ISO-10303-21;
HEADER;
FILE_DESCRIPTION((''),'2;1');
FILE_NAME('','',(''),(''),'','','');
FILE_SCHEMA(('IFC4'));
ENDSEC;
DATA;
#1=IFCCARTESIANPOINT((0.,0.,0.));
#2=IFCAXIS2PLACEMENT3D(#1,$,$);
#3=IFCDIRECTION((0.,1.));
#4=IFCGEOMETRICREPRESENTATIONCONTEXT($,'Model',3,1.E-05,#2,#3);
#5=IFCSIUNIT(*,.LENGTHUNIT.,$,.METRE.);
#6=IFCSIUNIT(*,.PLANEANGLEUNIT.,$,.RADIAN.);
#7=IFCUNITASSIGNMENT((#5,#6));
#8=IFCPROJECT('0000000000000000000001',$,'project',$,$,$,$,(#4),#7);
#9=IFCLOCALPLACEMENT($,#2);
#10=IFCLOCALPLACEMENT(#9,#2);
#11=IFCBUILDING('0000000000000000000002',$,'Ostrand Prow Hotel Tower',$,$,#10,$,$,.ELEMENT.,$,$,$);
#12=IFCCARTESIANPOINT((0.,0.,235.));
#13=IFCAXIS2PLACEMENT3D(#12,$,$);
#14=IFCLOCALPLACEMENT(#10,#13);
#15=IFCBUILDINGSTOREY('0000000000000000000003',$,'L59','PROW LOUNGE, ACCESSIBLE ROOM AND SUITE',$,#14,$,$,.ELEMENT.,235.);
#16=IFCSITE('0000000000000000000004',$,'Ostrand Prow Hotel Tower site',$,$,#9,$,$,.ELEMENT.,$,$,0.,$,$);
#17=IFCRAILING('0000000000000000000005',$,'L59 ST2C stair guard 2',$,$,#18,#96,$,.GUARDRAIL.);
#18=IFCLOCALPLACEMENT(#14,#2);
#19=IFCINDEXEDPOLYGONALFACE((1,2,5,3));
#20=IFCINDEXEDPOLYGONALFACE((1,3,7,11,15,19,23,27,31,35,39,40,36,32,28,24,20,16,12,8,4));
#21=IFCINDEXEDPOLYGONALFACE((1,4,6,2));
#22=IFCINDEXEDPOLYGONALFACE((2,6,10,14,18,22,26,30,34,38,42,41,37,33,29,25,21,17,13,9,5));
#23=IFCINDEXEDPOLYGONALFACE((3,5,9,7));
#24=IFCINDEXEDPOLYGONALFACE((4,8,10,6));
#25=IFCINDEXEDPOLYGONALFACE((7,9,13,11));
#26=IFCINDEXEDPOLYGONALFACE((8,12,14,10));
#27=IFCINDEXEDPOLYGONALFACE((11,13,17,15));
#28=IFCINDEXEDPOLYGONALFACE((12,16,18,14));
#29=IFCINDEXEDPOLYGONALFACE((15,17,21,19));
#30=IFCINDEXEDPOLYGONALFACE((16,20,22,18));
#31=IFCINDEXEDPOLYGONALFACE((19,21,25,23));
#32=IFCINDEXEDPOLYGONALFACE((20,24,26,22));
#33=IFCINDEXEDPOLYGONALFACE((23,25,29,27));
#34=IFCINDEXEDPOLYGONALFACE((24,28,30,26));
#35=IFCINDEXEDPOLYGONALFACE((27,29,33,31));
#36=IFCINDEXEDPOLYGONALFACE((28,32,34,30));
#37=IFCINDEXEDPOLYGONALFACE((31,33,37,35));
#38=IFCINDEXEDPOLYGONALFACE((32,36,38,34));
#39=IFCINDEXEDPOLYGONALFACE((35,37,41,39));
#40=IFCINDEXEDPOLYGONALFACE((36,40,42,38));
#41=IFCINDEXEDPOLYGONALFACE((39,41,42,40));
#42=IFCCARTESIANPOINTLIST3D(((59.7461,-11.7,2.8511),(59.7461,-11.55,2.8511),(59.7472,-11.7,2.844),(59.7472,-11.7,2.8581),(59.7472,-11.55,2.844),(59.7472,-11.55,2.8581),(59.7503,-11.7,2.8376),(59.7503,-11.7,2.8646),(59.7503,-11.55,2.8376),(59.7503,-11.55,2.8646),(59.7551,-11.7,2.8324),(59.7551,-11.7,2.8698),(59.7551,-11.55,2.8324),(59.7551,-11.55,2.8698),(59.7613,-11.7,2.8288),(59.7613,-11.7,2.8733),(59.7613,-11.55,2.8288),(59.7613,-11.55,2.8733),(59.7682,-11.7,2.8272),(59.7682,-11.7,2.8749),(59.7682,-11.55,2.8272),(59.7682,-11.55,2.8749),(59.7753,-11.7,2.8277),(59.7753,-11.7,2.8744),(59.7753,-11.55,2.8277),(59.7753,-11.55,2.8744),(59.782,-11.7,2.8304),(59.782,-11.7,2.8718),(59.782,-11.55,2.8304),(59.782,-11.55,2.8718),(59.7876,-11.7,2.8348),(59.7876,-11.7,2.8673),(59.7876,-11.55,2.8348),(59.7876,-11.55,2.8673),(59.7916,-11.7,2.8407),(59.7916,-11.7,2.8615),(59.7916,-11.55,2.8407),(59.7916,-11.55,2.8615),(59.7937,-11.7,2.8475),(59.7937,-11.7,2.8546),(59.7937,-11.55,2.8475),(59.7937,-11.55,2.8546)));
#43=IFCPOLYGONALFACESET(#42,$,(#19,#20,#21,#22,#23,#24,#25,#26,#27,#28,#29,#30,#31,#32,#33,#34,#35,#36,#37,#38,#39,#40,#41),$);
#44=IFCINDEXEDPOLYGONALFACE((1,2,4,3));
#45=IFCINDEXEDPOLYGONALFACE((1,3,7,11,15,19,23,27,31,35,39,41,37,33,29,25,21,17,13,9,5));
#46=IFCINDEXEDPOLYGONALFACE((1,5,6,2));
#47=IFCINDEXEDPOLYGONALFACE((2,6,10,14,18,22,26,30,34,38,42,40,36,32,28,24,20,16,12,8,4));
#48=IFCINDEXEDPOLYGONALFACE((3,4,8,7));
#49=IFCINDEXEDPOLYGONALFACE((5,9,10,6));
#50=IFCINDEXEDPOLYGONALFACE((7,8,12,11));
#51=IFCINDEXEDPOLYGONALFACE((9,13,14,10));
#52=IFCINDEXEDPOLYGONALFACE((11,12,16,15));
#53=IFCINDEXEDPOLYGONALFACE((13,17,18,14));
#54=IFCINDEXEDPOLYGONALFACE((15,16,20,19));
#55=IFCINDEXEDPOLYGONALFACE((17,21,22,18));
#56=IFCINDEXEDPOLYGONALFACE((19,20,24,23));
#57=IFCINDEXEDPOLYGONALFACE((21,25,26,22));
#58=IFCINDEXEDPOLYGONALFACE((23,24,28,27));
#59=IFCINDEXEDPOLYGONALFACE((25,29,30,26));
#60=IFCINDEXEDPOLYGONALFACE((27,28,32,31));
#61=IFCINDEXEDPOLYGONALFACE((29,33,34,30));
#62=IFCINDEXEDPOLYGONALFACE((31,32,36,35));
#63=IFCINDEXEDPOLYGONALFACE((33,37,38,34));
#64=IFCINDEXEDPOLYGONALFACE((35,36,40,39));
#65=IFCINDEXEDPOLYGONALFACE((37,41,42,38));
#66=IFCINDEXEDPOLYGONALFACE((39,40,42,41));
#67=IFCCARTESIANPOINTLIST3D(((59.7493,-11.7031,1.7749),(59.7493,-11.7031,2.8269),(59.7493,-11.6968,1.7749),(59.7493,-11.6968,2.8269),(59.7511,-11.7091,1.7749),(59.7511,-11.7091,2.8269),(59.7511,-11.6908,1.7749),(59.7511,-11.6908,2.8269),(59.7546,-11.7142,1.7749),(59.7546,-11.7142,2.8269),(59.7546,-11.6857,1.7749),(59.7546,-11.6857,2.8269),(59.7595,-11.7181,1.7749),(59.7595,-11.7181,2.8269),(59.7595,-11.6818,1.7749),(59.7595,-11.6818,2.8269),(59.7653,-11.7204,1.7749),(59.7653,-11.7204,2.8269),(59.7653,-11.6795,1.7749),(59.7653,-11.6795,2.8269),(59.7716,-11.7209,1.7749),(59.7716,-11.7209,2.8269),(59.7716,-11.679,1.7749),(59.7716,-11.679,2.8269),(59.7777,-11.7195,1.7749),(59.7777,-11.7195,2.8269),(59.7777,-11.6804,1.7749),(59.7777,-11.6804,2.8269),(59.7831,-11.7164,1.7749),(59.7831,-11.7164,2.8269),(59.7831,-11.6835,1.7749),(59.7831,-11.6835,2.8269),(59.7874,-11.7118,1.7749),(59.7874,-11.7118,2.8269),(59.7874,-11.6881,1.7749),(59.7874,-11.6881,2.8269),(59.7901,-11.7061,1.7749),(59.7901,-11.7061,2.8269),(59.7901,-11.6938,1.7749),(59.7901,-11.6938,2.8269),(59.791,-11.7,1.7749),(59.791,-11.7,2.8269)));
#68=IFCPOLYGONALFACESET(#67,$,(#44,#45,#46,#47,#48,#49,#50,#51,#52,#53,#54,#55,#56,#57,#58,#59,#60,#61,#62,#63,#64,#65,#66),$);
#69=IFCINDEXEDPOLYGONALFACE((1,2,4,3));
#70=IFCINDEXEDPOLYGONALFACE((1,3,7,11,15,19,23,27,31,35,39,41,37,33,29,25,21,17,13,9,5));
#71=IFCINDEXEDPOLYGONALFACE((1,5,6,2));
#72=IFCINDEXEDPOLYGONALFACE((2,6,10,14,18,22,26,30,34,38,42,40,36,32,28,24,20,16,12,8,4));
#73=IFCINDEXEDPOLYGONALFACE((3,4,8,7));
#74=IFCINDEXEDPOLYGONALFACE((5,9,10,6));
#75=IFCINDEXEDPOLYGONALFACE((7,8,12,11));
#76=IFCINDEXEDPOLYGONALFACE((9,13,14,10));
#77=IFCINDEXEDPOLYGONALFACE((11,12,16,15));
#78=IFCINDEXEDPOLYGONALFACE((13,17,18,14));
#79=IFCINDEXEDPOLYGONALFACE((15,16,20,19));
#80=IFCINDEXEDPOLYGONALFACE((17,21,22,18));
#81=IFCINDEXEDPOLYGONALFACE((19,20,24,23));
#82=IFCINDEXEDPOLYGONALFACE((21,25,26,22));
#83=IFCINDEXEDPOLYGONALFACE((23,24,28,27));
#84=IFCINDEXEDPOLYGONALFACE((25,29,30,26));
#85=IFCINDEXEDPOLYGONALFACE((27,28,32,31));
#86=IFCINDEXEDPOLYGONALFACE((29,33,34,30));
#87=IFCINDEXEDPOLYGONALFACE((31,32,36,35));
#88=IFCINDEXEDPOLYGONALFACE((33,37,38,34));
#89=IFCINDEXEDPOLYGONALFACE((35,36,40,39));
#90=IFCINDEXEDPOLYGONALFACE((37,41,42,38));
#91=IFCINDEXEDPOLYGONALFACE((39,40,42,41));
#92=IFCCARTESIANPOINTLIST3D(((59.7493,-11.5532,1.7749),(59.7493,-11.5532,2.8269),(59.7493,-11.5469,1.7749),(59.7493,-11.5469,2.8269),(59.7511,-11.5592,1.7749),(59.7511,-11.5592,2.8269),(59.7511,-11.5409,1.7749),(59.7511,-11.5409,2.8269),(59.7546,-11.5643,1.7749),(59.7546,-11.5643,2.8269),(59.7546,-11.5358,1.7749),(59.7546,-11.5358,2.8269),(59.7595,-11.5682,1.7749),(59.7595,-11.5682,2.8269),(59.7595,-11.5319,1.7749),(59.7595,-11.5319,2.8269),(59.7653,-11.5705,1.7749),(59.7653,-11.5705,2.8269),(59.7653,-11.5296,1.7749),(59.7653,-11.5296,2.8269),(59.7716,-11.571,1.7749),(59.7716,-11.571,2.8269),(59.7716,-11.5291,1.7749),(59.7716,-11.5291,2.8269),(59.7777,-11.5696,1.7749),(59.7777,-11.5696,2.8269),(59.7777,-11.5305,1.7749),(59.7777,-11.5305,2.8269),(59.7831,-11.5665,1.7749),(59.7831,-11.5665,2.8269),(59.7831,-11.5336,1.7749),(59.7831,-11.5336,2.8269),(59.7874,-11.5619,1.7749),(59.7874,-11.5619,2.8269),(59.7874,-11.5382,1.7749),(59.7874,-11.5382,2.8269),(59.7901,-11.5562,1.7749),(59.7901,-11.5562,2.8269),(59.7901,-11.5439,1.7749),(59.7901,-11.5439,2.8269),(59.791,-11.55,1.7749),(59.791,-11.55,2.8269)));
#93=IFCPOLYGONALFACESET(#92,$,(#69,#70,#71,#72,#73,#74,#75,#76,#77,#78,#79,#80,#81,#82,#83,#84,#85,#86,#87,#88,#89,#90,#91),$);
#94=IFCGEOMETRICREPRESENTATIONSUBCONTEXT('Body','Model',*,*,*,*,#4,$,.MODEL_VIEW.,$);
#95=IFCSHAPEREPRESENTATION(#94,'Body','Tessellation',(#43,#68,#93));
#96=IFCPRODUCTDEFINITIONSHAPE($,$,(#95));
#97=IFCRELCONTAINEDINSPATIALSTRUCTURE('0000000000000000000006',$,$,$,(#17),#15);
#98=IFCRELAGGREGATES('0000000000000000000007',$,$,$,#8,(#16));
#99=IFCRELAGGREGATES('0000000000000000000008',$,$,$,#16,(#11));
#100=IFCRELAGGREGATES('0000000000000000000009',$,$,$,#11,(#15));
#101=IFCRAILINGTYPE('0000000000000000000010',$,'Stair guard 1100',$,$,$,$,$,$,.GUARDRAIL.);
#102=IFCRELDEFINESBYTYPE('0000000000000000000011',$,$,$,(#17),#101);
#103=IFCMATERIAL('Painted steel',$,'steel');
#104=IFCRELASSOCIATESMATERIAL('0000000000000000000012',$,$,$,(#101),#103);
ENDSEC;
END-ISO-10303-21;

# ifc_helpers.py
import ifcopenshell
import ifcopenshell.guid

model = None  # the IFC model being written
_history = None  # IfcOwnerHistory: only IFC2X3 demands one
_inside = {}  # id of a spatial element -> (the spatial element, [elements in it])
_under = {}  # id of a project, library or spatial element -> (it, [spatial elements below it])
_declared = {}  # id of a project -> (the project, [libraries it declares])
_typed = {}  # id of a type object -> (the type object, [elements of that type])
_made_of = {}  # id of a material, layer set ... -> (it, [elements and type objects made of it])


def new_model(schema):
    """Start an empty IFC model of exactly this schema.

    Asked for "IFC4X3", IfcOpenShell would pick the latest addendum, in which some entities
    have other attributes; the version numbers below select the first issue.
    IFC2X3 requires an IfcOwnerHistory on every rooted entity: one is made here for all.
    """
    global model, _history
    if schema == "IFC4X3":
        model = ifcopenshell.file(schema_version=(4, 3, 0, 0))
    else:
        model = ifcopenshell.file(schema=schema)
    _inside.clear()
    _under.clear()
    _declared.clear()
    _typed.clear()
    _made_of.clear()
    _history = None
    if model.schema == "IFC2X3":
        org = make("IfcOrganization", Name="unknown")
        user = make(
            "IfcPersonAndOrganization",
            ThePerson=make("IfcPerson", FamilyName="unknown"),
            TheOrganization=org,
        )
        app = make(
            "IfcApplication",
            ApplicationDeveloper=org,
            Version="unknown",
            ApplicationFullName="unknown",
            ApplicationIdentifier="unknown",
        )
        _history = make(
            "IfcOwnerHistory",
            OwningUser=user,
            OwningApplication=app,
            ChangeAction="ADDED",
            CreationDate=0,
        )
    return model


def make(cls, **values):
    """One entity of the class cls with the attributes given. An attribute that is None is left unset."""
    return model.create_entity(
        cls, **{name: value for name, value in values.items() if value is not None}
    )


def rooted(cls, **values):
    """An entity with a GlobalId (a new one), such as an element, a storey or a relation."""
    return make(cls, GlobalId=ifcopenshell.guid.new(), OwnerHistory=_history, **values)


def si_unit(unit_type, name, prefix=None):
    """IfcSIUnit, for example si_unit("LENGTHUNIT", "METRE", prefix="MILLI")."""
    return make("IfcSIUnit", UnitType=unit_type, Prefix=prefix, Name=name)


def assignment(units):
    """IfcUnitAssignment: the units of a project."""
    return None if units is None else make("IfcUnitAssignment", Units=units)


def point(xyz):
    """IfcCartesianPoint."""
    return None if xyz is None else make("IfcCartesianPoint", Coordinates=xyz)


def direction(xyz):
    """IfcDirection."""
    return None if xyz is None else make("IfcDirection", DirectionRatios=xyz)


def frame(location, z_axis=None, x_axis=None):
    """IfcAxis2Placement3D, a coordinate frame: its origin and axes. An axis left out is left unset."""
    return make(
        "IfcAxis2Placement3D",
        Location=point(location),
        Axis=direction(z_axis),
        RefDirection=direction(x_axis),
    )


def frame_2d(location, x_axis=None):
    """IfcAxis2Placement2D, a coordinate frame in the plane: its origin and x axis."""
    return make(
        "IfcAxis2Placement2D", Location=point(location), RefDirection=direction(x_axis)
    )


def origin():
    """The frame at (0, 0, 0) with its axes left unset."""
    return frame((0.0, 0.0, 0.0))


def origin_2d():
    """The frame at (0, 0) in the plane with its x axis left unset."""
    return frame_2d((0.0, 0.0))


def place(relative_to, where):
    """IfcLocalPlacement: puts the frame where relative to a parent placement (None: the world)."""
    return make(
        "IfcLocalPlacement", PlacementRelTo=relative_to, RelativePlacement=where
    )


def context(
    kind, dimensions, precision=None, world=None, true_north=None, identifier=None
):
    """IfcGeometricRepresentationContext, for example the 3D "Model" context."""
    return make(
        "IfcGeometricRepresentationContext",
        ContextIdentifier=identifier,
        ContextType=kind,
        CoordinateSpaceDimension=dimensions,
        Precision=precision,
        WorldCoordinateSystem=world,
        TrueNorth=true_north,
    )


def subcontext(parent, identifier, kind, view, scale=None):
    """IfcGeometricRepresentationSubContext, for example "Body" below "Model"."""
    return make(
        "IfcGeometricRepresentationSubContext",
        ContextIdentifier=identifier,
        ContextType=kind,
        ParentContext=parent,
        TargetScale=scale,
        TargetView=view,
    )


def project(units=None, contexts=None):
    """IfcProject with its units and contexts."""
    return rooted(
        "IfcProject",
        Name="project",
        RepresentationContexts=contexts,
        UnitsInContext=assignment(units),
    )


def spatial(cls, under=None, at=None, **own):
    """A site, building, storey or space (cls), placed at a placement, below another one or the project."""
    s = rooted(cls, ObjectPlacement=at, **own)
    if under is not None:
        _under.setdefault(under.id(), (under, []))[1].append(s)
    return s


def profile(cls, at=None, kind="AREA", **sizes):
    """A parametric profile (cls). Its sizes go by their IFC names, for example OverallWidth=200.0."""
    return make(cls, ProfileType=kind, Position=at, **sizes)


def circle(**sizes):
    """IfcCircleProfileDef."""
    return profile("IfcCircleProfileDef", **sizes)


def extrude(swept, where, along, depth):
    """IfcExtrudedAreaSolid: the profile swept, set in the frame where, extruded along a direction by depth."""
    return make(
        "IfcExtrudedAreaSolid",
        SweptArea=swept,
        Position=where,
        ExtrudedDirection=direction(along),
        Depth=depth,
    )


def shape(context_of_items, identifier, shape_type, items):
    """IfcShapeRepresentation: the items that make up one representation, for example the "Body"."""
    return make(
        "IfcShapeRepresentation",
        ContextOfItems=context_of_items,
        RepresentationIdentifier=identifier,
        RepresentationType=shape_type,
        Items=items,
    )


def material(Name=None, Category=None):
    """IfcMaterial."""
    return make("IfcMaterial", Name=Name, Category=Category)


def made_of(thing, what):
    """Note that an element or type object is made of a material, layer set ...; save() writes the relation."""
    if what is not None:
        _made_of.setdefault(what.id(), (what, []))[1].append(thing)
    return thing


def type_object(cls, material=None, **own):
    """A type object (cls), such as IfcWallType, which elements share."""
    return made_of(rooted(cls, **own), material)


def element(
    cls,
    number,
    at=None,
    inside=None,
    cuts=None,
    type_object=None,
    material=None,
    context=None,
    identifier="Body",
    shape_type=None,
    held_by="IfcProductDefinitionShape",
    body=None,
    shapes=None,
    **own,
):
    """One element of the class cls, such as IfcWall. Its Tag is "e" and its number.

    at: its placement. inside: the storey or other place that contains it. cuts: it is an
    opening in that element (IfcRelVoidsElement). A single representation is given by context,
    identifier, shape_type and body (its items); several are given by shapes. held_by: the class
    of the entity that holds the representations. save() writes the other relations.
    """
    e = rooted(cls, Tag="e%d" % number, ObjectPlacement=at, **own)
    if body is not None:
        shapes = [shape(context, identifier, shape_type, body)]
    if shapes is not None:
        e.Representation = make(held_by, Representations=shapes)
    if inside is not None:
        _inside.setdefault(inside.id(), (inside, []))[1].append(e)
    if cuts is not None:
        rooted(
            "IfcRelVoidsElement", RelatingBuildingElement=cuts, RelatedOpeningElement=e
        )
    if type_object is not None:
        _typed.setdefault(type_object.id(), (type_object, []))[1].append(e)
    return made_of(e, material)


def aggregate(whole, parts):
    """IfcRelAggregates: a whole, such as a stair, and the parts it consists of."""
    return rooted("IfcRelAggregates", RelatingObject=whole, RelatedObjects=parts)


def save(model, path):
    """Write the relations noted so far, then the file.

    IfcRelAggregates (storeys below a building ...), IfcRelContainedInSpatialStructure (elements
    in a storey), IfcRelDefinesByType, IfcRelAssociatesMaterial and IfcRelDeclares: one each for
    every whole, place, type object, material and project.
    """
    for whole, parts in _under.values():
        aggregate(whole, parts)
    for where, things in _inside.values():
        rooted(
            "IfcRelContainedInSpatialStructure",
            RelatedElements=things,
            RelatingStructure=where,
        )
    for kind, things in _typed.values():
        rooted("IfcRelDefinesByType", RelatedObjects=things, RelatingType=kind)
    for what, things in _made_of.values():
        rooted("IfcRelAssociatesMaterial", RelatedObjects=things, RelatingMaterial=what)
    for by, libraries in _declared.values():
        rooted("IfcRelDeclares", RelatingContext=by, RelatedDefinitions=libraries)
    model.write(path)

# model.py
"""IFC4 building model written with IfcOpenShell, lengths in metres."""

from ifc_helpers import new_model, si_unit, direction, frame, origin, origin_2d, place, context, subcontext, project, spatial, circle, extrude, material, type_object, element, save


model = new_model("IFC4")

# Units and contexts
model_context = context("Model", 3, precision=1e-05, world=origin(), true_north=direction((0.0, 1.0)))
body_context = subcontext(model_context, "Body", "Model", "MODEL_VIEW")
ifc_project = project(units=[si_unit("LENGTHUNIT", "METRE"), si_unit("PLANEANGLEUNIT", "RADIAN")], contexts=[model_context])

# Site, building, storey
site_placement = place(None, origin())
site = spatial("IfcSite", under=ifc_project, at=site_placement, Name="Ostrand Prow Hotel Tower site", CompositionType="ELEMENT", RefElevation=0.0)
building_placement = place(site_placement, origin())
building = spatial("IfcBuilding", under=site, at=building_placement, Name="Ostrand Prow Hotel Tower", CompositionType="ELEMENT")
storey_placement = place(building_placement, frame((0.0, 0.0, 235.0)))
storey = spatial("IfcBuildingStorey", under=building, at=storey_placement, Name="L59", Description="PROW LOUNGE, ACCESSIBLE ROOM AND SUITE", CompositionType="ELEMENT", Elevation=235.0)

# Railing
ifc_material_1 = material(Name="Painted steel", Category="steel")
railing_type_1 = type_object("IfcRailingType", Name="Stair guard 1100", PredefinedType="GUARDRAIL", material=ifc_material_1)
railing_1_placement = place(storey_placement, frame((59.77, -11.7, 1.7749)))
element("IfcRailing", 1, at=railing_1_placement, inside=storey, type_object=railing_type_1, Name="L59 ST2C stair guard 2", PredefinedType="GUARDRAIL", context=body_context, shape_type="SweptSolid", body=[
    extrude(circle(Radius=0.0239, at=origin_2d()), frame((0.0, 0.0, 1.0762), z_axis=(0.0, 1.0, 0.0), x_axis=(-1.0, 0.0, 0.0)), (0.0, 0.0, 1.0), 0.1499),
    extrude(circle(Radius=0.021, at=origin_2d()), origin(), (0.0, 0.0, 1.0), 1.052),
    extrude(circle(Radius=0.021, at=origin_2d()), frame((0.0, 0.1499, 0.0)), (0.0, 0.0, 1.0), 1.052),
])

save(model, "model.ifc")
